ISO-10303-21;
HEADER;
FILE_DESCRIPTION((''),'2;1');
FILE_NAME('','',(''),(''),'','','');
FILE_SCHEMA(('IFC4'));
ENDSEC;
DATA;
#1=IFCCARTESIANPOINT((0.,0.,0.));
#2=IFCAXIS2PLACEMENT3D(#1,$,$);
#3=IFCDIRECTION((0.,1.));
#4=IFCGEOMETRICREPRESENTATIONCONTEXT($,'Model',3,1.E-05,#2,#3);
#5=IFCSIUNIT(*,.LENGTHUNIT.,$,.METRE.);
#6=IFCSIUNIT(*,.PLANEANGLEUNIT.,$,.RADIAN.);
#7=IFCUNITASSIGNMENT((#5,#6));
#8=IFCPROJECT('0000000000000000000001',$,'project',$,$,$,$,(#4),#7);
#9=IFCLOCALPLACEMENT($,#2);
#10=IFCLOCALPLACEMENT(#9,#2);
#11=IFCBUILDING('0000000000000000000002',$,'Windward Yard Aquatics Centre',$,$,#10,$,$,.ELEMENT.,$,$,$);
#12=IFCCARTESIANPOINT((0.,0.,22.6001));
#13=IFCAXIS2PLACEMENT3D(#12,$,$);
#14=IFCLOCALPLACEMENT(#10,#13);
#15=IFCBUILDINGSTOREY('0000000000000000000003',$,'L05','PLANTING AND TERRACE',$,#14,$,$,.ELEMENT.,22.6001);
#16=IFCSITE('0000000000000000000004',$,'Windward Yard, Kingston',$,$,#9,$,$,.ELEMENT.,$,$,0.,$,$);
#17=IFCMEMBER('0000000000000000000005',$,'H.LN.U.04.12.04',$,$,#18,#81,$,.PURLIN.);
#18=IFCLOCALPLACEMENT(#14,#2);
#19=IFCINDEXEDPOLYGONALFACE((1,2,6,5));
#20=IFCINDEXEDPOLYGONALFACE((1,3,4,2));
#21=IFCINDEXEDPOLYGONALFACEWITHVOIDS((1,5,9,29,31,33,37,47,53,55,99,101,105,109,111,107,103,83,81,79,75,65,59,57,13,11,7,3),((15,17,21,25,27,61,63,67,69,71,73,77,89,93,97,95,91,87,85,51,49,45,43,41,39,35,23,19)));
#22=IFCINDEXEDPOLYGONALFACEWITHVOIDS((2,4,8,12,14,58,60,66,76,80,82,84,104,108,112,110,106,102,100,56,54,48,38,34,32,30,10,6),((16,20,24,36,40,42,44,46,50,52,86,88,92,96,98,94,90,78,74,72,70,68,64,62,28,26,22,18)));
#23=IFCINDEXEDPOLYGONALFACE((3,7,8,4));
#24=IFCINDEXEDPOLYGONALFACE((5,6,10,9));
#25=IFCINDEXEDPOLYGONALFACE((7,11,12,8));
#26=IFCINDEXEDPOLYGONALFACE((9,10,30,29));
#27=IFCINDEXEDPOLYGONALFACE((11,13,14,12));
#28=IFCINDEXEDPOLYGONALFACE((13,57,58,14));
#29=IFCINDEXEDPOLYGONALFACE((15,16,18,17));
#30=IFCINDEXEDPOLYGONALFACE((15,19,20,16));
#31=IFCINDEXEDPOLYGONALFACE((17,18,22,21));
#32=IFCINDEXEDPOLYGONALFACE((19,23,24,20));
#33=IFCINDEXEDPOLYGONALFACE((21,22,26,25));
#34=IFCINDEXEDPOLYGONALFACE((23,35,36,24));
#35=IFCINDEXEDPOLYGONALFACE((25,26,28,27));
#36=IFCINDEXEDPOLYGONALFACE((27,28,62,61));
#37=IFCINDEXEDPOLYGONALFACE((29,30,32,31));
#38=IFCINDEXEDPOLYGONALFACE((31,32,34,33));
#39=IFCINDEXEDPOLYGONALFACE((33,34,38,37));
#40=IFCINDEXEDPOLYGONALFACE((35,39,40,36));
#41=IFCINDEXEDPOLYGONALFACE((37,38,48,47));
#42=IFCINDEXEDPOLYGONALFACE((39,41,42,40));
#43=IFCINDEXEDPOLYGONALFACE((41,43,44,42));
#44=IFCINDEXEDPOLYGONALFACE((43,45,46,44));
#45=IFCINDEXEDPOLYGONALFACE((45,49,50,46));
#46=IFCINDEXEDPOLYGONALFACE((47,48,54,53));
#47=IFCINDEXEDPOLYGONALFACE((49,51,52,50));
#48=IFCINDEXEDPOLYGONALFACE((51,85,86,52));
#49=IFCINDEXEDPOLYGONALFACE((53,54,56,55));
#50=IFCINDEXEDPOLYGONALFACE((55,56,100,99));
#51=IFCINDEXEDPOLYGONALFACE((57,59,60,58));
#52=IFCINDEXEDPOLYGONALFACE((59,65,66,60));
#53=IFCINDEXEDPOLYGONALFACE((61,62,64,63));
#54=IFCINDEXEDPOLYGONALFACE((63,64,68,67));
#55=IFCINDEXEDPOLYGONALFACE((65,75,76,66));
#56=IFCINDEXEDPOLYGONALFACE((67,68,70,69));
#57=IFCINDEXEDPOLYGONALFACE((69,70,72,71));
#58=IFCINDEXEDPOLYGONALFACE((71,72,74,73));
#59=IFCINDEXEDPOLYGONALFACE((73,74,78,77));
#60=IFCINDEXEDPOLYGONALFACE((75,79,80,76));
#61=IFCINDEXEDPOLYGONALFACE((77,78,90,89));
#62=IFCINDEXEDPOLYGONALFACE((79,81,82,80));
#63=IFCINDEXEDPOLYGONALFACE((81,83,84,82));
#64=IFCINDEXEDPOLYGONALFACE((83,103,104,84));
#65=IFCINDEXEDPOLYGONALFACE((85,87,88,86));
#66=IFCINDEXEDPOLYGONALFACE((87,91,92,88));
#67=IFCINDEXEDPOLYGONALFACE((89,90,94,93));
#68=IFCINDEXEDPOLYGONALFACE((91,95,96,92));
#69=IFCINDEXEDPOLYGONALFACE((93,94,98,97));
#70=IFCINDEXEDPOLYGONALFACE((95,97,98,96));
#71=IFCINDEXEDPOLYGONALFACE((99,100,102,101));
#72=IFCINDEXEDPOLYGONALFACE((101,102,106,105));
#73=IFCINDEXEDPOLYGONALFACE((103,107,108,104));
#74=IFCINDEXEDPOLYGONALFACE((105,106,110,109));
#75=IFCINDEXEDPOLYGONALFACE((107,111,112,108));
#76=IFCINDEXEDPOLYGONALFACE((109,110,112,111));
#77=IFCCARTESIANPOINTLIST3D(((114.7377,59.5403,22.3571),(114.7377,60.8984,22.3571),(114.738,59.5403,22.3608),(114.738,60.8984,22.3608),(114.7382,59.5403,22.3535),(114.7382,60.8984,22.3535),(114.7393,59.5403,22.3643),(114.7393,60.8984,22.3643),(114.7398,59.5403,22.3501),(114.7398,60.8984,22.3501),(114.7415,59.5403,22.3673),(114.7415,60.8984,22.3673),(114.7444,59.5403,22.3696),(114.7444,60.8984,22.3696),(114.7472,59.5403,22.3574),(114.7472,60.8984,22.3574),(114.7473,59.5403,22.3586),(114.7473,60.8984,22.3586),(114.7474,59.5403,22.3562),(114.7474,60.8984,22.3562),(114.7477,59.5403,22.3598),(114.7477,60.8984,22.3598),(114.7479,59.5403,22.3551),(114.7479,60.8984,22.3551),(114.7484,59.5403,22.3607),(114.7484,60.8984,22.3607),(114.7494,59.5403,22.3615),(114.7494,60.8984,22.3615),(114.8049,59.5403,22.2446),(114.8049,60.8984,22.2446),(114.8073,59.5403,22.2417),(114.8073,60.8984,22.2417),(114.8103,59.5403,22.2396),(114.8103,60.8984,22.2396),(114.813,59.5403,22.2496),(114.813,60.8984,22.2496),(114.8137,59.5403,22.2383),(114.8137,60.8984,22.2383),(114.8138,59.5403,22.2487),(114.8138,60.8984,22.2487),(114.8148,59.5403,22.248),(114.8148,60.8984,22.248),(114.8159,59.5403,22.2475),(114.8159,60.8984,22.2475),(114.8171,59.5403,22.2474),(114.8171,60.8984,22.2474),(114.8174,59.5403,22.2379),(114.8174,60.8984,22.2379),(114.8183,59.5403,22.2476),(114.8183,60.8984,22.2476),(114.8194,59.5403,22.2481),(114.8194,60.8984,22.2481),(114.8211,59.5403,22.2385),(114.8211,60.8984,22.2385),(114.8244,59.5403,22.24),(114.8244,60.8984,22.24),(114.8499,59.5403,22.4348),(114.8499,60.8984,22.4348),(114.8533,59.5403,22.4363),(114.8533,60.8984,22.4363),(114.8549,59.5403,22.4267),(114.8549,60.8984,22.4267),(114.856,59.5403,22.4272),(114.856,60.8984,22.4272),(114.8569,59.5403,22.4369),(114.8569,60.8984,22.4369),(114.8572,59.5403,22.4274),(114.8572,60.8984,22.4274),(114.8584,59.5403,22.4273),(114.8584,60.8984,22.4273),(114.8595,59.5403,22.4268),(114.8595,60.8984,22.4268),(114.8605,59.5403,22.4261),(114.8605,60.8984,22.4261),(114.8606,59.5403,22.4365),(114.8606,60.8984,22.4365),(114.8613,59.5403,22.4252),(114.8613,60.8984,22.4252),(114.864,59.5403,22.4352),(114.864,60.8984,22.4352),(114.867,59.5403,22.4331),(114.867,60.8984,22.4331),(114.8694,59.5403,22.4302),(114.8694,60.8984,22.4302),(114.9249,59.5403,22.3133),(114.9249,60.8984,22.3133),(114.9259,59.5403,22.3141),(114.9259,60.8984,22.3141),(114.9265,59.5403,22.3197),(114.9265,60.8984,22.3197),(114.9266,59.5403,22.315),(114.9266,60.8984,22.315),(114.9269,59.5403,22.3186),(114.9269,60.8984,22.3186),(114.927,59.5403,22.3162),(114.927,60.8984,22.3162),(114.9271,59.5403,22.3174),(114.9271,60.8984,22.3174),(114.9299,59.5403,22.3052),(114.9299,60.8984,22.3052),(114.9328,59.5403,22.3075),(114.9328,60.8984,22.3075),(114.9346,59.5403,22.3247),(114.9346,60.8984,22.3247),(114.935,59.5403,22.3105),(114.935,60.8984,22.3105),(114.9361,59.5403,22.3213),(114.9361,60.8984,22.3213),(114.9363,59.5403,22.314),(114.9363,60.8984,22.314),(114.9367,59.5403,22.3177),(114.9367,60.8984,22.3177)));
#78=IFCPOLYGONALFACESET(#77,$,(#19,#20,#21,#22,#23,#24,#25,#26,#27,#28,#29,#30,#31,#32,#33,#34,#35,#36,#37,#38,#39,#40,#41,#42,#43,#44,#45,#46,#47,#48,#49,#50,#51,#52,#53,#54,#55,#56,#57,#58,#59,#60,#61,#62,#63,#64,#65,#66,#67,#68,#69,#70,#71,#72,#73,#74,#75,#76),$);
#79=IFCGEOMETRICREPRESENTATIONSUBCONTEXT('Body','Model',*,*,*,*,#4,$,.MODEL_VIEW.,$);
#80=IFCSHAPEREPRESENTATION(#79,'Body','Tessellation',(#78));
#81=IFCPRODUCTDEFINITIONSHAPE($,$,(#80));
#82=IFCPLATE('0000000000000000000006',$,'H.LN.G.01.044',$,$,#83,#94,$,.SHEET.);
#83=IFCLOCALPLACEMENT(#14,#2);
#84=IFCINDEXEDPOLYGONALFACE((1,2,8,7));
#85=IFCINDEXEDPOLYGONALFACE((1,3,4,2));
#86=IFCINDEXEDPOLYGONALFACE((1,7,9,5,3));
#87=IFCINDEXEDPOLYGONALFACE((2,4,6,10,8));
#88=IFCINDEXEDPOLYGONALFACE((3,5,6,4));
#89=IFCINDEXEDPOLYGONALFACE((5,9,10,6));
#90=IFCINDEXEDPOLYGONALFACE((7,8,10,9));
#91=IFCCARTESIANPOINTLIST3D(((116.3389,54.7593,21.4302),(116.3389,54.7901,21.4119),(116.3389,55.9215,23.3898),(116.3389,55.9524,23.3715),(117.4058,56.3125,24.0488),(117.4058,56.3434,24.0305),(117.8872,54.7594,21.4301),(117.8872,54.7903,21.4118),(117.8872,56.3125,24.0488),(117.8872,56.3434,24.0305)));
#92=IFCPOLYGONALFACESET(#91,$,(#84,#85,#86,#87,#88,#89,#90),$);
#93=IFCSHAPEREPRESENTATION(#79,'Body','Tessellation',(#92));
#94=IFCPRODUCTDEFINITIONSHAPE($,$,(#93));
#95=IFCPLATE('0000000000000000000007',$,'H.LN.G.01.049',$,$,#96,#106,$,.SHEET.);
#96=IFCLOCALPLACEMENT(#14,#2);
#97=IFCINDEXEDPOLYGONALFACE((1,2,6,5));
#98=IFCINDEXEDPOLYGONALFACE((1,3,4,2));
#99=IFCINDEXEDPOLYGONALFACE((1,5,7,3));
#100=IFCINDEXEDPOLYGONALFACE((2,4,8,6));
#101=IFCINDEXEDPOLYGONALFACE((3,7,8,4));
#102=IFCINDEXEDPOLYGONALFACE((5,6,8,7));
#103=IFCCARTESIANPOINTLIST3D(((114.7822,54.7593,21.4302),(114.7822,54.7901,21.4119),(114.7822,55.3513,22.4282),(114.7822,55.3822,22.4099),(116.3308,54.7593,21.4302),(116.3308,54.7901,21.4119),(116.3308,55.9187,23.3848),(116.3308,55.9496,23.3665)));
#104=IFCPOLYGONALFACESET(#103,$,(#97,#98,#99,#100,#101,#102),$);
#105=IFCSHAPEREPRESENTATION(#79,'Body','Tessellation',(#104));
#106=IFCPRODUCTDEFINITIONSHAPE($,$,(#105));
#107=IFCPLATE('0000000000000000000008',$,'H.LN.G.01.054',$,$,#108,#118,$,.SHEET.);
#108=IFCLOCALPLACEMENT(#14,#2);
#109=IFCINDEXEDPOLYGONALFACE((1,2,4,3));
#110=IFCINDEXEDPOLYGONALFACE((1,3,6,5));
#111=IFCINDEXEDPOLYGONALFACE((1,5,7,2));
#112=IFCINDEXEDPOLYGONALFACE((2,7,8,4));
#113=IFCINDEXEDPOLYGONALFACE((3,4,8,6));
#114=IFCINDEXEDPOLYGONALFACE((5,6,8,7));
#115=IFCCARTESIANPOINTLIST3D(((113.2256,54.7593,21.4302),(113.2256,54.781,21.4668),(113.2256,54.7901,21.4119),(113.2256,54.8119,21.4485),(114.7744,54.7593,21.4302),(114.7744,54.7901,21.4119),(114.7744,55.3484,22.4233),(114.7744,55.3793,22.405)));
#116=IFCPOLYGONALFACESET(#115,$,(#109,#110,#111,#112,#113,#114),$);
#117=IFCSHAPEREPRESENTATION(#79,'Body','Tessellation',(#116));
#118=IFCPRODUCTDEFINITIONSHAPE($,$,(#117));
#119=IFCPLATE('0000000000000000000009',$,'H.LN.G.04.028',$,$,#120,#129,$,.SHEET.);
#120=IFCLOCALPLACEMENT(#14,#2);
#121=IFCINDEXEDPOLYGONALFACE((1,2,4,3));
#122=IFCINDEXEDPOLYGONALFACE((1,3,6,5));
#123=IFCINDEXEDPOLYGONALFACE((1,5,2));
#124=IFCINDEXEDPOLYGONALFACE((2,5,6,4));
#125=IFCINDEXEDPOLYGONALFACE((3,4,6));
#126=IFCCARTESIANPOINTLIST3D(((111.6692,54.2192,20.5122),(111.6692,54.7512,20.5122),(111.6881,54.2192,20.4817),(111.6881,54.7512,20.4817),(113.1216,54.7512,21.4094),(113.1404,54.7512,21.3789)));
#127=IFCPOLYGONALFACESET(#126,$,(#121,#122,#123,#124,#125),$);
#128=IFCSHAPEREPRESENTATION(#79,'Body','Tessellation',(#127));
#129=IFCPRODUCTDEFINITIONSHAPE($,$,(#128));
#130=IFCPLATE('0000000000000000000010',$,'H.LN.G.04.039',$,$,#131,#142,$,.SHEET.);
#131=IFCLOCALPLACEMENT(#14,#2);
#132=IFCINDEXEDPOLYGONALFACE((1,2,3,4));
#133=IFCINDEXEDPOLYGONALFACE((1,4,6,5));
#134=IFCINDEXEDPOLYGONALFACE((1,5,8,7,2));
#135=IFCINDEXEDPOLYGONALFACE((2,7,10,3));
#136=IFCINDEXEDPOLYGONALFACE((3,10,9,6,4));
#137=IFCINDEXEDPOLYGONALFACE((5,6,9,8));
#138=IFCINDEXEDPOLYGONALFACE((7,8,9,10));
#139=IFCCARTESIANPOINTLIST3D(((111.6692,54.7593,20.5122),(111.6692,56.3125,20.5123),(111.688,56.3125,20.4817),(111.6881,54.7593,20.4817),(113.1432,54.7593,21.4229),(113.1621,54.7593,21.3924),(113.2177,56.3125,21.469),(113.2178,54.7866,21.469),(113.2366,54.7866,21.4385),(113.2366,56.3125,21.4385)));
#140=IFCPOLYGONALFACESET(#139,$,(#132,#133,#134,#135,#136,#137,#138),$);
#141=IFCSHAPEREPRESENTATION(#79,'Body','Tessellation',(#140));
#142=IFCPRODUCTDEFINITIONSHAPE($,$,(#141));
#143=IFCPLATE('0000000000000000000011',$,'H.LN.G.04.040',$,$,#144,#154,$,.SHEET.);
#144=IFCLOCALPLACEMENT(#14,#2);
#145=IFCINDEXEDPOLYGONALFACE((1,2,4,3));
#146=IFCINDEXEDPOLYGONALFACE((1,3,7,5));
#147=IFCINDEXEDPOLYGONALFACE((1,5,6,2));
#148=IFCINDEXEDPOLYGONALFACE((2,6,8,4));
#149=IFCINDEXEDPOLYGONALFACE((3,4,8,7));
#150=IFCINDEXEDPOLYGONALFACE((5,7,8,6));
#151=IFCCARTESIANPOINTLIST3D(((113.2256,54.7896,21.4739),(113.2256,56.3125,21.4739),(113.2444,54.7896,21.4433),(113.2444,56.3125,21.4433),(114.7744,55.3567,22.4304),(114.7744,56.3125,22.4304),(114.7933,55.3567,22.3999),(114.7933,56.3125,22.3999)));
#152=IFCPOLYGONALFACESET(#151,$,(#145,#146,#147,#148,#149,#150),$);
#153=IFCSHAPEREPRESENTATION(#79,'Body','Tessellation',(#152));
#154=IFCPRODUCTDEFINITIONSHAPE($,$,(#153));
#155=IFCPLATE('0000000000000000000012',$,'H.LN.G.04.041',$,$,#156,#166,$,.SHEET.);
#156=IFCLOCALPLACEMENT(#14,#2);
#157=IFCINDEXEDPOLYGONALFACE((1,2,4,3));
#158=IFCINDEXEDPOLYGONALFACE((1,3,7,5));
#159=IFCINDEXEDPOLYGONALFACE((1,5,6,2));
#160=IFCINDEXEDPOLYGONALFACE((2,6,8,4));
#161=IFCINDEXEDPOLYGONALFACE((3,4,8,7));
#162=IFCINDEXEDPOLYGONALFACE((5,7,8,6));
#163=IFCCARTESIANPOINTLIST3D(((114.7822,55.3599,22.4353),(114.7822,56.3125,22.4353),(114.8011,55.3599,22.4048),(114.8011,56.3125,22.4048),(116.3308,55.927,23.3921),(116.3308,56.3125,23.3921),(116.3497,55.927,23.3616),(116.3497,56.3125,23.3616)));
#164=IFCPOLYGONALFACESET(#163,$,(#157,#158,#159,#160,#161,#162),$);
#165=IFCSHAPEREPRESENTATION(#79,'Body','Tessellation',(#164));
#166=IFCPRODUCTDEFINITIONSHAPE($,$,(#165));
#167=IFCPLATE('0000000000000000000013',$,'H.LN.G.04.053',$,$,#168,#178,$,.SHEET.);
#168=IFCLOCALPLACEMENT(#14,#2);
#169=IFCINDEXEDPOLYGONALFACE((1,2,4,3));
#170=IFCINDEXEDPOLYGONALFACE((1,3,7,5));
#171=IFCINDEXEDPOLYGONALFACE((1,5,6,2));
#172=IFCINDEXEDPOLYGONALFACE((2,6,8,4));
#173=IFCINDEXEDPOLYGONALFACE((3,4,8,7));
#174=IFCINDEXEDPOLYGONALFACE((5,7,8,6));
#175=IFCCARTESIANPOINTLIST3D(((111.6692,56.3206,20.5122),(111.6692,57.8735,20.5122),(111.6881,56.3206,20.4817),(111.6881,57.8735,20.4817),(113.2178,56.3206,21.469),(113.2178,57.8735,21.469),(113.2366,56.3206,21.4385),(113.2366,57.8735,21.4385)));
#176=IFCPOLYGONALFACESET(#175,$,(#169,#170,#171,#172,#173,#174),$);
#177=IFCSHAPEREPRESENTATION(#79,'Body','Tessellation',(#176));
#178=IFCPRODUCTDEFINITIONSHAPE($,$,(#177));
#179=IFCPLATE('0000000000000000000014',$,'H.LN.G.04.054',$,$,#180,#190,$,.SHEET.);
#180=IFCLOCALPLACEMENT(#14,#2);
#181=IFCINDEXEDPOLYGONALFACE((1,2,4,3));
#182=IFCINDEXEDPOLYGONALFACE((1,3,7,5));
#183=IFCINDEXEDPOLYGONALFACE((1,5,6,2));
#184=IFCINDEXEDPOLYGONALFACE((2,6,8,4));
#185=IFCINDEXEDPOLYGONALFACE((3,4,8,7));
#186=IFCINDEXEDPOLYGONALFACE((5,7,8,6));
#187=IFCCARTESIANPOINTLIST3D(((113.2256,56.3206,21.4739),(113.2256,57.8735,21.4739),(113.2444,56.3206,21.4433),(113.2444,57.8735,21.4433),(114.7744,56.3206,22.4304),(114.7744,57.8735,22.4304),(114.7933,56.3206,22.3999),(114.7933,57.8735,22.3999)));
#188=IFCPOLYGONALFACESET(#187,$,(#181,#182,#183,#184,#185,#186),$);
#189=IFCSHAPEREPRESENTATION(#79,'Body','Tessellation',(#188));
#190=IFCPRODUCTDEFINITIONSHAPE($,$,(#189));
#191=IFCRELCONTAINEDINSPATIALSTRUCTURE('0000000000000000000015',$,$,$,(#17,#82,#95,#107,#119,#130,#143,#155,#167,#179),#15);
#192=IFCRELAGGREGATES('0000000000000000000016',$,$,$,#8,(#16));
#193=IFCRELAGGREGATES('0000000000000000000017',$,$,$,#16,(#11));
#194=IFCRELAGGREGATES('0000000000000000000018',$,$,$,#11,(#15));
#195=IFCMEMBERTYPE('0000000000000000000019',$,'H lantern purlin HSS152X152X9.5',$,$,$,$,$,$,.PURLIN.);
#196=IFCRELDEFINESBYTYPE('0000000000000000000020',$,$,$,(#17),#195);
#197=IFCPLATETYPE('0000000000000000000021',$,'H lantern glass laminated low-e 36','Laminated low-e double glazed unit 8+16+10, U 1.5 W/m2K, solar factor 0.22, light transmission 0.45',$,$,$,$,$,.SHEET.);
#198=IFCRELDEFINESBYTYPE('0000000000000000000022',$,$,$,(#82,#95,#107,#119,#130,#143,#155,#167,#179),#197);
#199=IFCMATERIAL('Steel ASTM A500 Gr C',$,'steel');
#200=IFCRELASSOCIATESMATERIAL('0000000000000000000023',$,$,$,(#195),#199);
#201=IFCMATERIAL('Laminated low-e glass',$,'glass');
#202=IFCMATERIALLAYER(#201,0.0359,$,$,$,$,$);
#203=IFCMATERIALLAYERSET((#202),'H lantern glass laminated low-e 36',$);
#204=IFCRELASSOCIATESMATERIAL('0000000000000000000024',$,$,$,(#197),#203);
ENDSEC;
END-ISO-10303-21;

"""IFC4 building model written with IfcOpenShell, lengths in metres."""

from ifc_helpers import new_model, si_unit, direction, frame, origin, origin_2d, place, context, subcontext, project, spatial, polyline, hollow_rectangle, outline, extrude, material, layer, layer_set, material_profile, profile_set, type_object, element, save


model = new_model("IFC4")

# Units and contexts
model_context = context("Model", 3, precision=1e-05, world=origin(), true_north=direction((0.0, 1.0)))
body_context = subcontext(model_context, "Body", "Model", "MODEL_VIEW")
ifc_project = project(units=[si_unit("LENGTHUNIT", "METRE"), si_unit("PLANEANGLEUNIT", "RADIAN")], contexts=[model_context])

# Site, building, storey
site_placement = place(None, origin())
site = spatial("IfcSite", under=ifc_project, at=site_placement, Name="Windward Yard, Kingston", CompositionType="ELEMENT", RefElevation=0.0)
building_placement = place(site_placement, origin())
building = spatial("IfcBuilding", under=site, at=building_placement, Name="Windward Yard Aquatics Centre", CompositionType="ELEMENT")
storey_placement = place(building_placement, frame((0.0, 0.0, 22.6001)))
storey = spatial("IfcBuildingStorey", under=building, at=storey_placement, Name="L05", Description="PLANTING AND TERRACE", CompositionType="ELEMENT", Elevation=22.6001)

# Member
ifc_material_1 = material(Name="Steel ASTM A500 Gr C", Category="steel")
ifc_material_profile = material_profile(ifc_material_1, hollow_rectangle(XDim=0.1523, YDim=0.1523, WallThickness=0.0095, InnerFilletRadius=0.0046, OuterFilletRadius=0.0142, at=origin_2d()), Name="HSS152X152X9.5")
ifc_profile_set = profile_set([ifc_material_profile], Name="Steel ASTM A500 Gr C")
member_type = type_object("IfcMemberType", Name="H lantern purlin HSS152X152X9.5", PredefinedType="PURLIN", material=ifc_profile_set)
member_1_placement = place(storey_placement, frame((114.8372, 59.5403, 22.3374), z_axis=(0.0, 1.0, 0.0), x_axis=(-0.850755, 0.0, -0.525562)))
element("IfcMember", 1, at=member_1_placement, inside=storey, type_object=member_type, Name="H.LN.U.04.12.04", PredefinedType="PURLIN", context=body_context, shape_type="SweptSolid", body=[
    extrude(hollow_rectangle(XDim=0.1523, YDim=0.1523, WallThickness=0.0095, InnerFilletRadius=0.0046, OuterFilletRadius=0.0142, at=origin_2d()), origin(), (0.0, 0.0, 1.0), 1.3582),
])

# Plates
ifc_material_2 = material(Name="Laminated low-e glass", Category="glass")
ifc_layer = layer(ifc_material_2, 0.0359)
ifc_layer_set = layer_set([ifc_layer], Name="H lantern glass laminated low-e 36")
plate_type = type_object("IfcPlateType", Name="H lantern glass laminated low-e 36", Description="Laminated low-e double glazed unit 8+16+10, U 1.5 W/m2K, solar factor 0.22, light transmission 0.45", PredefinedType="SHEET", material=ifc_layer_set)
plate_1_placement = place(storey_placement, frame((116.3389, 54.7593, 21.4302), z_axis=(0.000083, -0.860101, 0.510125), x_axis=(0.0, 0.510125, 0.860101)))
element("IfcPlate", 2, at=plate_1_placement, inside=storey, type_object=plate_type, Name="H.LN.G.01.044", PredefinedType="SHEET", context=body_context, shape_type="SweptSolid", body=[
    extrude(outline(polyline([(0.0, 0.0), (2.2784, 0.0), (3.0446, -1.0669), (3.0446, -1.5483), (0.0, -1.5483), (0.0, 0.0)])), origin(), (0.0, 0.0, -1.0), 0.0359),
])
plate_2_placement = place(storey_placement, frame((114.7822, 54.7593, 21.4302), z_axis=(-0.000007, -0.860067, 0.510181), x_axis=(0.0, 0.510181, 0.860067)))
element("IfcPlate", 3, at=plate_2_placement, inside=storey, type_object=plate_type, Name="H.LN.G.01.049", PredefinedType="SHEET", context=body_context, shape_type="SweptSolid", body=[
    extrude(outline(polyline([(0.0, 0.0), (1.1604, 0.0), (2.2726, -1.5486), (0.0, -1.5486), (0.0, 0.0)])), origin(), (0.0, 0.0, -1.0), 0.0359),
])
plate_3_placement = place(storey_placement, frame((113.2256, 54.7593, 21.4302), z_axis=(-0.000003, -0.860073, 0.510171), x_axis=(0.0, 0.510171, 0.860073)))
element("IfcPlate", 4, at=plate_3_placement, inside=storey, type_object=plate_type, Name="H.LN.G.01.054", PredefinedType="SHEET", context=body_context, shape_type="SweptSolid", body=[
    extrude(outline(polyline([(0.0, 0.0), (0.0426, 0.0), (1.1547, -1.5488), (0.0, -1.5488), (0.0, 0.0)])), origin(), (0.0, 0.0, -1.0), 0.0359),
])
plate_4_placement = place(storey_placement, frame((111.6692, 54.2192, 20.5122), z_axis=(-0.525557, 0.0, 0.850759), x_axis=(0.0, 1.0, 0.0)))
element("IfcPlate", 5, at=plate_4_placement, inside=storey, type_object=plate_type, Name="H.LN.G.04.028", PredefinedType="SHEET", context=body_context, shape_type="SweptSolid", body=[
    extrude(outline(polyline([(0.0, 0.0), (0.532, 0.0), (0.532, -1.7072), (0.0, 0.0)])), origin(), (0.0, 0.0, -1.0), 0.0359),
])
plate_5_placement = place(storey_placement, frame((111.6692, 54.7593, 20.5122), z_axis=(-0.525615, -0.000037, 0.850722), x_axis=(-0.00002, 1.0, 0.000032)))
element("IfcPlate", 6, at=plate_5_placement, inside=storey, type_object=plate_type, Name="H.LN.G.04.039", PredefinedType="SHEET", context=body_context, shape_type="SweptSolid", body=[
    extrude(outline(polyline([(0.0, 0.0), (1.5532, 0.0), (1.5532, -1.8203), (0.0273, -1.8203), (0.0, -1.7327), (0.0, 0.0)])), origin(), (0.0, 0.0, -1.0), 0.0359),
])
plate_6_placement = place(storey_placement, frame((113.2256, 54.7896, 21.4739), z_axis=(-0.525459, 0.0, 0.850819), x_axis=(0.0, 1.0, 0.0)))
element("IfcPlate", 7, at=plate_6_placement, inside=storey, type_object=plate_type, Name="H.LN.G.04.040", PredefinedType="SHEET", context=body_context, shape_type="SweptSolid", body=[
    extrude(outline(polyline([(0.0, 0.0), (1.5229, 0.0), (1.5229, -1.8204), (0.5671, -1.8204), (0.0, 0.0)])), origin(), (0.0, 0.0, -1.0), 0.0359),
])
plate_7_placement = place(storey_placement, frame((114.7822, 55.3599, 22.4353), z_axis=(-0.525616, 0.0, 0.850722), x_axis=(0.0, 1.0, 0.0)))
element("IfcPlate", 8, at=plate_7_placement, inside=storey, type_object=plate_type, Name="H.LN.G.04.041", PredefinedType="SHEET", context=body_context, shape_type="SweptSolid", body=[
    extrude(outline(polyline([(0.0, 0.0), (0.9526, 0.0), (0.9526, -1.8203), (0.5671, -1.8203), (0.0, 0.0)])), origin(), (0.0, 0.0, -1.0), 0.0359),
])
plate_8_placement = place(storey_placement, frame((111.6692, 56.3206, 20.5122), z_axis=(-0.525616, 0.0, 0.850722), x_axis=(0.0, 1.0, 0.0)))
element("IfcPlate", 9, at=plate_8_placement, inside=storey, type_object=plate_type, Name="H.LN.G.04.053", PredefinedType="SHEET", context=body_context, shape_type="SweptSolid", body=[
    extrude(outline(polyline([(0.0, 0.0), (1.553, 0.0), (1.553, -1.8203), (0.0, -1.8203), (0.0, 0.0)])), origin(), (0.0, 0.0, -1.0), 0.0359),
])
plate_9_placement = place(storey_placement, frame((113.2256, 56.3206, 21.4739), z_axis=(-0.525459, 0.0, 0.850819), x_axis=(0.0, 1.0, 0.0)))
element("IfcPlate", 10, at=plate_9_placement, inside=storey, type_object=plate_type, Name="H.LN.G.04.054", PredefinedType="SHEET", context=body_context, shape_type="SweptSolid", body=[
    extrude(outline(polyline([(0.0, 0.0), (1.553, 0.0), (1.553, -1.8204), (0.0, -1.8204), (0.0, 0.0)])), origin(), (0.0, 0.0, -1.0), 0.0359),
])

save(model, "model.ifc")
